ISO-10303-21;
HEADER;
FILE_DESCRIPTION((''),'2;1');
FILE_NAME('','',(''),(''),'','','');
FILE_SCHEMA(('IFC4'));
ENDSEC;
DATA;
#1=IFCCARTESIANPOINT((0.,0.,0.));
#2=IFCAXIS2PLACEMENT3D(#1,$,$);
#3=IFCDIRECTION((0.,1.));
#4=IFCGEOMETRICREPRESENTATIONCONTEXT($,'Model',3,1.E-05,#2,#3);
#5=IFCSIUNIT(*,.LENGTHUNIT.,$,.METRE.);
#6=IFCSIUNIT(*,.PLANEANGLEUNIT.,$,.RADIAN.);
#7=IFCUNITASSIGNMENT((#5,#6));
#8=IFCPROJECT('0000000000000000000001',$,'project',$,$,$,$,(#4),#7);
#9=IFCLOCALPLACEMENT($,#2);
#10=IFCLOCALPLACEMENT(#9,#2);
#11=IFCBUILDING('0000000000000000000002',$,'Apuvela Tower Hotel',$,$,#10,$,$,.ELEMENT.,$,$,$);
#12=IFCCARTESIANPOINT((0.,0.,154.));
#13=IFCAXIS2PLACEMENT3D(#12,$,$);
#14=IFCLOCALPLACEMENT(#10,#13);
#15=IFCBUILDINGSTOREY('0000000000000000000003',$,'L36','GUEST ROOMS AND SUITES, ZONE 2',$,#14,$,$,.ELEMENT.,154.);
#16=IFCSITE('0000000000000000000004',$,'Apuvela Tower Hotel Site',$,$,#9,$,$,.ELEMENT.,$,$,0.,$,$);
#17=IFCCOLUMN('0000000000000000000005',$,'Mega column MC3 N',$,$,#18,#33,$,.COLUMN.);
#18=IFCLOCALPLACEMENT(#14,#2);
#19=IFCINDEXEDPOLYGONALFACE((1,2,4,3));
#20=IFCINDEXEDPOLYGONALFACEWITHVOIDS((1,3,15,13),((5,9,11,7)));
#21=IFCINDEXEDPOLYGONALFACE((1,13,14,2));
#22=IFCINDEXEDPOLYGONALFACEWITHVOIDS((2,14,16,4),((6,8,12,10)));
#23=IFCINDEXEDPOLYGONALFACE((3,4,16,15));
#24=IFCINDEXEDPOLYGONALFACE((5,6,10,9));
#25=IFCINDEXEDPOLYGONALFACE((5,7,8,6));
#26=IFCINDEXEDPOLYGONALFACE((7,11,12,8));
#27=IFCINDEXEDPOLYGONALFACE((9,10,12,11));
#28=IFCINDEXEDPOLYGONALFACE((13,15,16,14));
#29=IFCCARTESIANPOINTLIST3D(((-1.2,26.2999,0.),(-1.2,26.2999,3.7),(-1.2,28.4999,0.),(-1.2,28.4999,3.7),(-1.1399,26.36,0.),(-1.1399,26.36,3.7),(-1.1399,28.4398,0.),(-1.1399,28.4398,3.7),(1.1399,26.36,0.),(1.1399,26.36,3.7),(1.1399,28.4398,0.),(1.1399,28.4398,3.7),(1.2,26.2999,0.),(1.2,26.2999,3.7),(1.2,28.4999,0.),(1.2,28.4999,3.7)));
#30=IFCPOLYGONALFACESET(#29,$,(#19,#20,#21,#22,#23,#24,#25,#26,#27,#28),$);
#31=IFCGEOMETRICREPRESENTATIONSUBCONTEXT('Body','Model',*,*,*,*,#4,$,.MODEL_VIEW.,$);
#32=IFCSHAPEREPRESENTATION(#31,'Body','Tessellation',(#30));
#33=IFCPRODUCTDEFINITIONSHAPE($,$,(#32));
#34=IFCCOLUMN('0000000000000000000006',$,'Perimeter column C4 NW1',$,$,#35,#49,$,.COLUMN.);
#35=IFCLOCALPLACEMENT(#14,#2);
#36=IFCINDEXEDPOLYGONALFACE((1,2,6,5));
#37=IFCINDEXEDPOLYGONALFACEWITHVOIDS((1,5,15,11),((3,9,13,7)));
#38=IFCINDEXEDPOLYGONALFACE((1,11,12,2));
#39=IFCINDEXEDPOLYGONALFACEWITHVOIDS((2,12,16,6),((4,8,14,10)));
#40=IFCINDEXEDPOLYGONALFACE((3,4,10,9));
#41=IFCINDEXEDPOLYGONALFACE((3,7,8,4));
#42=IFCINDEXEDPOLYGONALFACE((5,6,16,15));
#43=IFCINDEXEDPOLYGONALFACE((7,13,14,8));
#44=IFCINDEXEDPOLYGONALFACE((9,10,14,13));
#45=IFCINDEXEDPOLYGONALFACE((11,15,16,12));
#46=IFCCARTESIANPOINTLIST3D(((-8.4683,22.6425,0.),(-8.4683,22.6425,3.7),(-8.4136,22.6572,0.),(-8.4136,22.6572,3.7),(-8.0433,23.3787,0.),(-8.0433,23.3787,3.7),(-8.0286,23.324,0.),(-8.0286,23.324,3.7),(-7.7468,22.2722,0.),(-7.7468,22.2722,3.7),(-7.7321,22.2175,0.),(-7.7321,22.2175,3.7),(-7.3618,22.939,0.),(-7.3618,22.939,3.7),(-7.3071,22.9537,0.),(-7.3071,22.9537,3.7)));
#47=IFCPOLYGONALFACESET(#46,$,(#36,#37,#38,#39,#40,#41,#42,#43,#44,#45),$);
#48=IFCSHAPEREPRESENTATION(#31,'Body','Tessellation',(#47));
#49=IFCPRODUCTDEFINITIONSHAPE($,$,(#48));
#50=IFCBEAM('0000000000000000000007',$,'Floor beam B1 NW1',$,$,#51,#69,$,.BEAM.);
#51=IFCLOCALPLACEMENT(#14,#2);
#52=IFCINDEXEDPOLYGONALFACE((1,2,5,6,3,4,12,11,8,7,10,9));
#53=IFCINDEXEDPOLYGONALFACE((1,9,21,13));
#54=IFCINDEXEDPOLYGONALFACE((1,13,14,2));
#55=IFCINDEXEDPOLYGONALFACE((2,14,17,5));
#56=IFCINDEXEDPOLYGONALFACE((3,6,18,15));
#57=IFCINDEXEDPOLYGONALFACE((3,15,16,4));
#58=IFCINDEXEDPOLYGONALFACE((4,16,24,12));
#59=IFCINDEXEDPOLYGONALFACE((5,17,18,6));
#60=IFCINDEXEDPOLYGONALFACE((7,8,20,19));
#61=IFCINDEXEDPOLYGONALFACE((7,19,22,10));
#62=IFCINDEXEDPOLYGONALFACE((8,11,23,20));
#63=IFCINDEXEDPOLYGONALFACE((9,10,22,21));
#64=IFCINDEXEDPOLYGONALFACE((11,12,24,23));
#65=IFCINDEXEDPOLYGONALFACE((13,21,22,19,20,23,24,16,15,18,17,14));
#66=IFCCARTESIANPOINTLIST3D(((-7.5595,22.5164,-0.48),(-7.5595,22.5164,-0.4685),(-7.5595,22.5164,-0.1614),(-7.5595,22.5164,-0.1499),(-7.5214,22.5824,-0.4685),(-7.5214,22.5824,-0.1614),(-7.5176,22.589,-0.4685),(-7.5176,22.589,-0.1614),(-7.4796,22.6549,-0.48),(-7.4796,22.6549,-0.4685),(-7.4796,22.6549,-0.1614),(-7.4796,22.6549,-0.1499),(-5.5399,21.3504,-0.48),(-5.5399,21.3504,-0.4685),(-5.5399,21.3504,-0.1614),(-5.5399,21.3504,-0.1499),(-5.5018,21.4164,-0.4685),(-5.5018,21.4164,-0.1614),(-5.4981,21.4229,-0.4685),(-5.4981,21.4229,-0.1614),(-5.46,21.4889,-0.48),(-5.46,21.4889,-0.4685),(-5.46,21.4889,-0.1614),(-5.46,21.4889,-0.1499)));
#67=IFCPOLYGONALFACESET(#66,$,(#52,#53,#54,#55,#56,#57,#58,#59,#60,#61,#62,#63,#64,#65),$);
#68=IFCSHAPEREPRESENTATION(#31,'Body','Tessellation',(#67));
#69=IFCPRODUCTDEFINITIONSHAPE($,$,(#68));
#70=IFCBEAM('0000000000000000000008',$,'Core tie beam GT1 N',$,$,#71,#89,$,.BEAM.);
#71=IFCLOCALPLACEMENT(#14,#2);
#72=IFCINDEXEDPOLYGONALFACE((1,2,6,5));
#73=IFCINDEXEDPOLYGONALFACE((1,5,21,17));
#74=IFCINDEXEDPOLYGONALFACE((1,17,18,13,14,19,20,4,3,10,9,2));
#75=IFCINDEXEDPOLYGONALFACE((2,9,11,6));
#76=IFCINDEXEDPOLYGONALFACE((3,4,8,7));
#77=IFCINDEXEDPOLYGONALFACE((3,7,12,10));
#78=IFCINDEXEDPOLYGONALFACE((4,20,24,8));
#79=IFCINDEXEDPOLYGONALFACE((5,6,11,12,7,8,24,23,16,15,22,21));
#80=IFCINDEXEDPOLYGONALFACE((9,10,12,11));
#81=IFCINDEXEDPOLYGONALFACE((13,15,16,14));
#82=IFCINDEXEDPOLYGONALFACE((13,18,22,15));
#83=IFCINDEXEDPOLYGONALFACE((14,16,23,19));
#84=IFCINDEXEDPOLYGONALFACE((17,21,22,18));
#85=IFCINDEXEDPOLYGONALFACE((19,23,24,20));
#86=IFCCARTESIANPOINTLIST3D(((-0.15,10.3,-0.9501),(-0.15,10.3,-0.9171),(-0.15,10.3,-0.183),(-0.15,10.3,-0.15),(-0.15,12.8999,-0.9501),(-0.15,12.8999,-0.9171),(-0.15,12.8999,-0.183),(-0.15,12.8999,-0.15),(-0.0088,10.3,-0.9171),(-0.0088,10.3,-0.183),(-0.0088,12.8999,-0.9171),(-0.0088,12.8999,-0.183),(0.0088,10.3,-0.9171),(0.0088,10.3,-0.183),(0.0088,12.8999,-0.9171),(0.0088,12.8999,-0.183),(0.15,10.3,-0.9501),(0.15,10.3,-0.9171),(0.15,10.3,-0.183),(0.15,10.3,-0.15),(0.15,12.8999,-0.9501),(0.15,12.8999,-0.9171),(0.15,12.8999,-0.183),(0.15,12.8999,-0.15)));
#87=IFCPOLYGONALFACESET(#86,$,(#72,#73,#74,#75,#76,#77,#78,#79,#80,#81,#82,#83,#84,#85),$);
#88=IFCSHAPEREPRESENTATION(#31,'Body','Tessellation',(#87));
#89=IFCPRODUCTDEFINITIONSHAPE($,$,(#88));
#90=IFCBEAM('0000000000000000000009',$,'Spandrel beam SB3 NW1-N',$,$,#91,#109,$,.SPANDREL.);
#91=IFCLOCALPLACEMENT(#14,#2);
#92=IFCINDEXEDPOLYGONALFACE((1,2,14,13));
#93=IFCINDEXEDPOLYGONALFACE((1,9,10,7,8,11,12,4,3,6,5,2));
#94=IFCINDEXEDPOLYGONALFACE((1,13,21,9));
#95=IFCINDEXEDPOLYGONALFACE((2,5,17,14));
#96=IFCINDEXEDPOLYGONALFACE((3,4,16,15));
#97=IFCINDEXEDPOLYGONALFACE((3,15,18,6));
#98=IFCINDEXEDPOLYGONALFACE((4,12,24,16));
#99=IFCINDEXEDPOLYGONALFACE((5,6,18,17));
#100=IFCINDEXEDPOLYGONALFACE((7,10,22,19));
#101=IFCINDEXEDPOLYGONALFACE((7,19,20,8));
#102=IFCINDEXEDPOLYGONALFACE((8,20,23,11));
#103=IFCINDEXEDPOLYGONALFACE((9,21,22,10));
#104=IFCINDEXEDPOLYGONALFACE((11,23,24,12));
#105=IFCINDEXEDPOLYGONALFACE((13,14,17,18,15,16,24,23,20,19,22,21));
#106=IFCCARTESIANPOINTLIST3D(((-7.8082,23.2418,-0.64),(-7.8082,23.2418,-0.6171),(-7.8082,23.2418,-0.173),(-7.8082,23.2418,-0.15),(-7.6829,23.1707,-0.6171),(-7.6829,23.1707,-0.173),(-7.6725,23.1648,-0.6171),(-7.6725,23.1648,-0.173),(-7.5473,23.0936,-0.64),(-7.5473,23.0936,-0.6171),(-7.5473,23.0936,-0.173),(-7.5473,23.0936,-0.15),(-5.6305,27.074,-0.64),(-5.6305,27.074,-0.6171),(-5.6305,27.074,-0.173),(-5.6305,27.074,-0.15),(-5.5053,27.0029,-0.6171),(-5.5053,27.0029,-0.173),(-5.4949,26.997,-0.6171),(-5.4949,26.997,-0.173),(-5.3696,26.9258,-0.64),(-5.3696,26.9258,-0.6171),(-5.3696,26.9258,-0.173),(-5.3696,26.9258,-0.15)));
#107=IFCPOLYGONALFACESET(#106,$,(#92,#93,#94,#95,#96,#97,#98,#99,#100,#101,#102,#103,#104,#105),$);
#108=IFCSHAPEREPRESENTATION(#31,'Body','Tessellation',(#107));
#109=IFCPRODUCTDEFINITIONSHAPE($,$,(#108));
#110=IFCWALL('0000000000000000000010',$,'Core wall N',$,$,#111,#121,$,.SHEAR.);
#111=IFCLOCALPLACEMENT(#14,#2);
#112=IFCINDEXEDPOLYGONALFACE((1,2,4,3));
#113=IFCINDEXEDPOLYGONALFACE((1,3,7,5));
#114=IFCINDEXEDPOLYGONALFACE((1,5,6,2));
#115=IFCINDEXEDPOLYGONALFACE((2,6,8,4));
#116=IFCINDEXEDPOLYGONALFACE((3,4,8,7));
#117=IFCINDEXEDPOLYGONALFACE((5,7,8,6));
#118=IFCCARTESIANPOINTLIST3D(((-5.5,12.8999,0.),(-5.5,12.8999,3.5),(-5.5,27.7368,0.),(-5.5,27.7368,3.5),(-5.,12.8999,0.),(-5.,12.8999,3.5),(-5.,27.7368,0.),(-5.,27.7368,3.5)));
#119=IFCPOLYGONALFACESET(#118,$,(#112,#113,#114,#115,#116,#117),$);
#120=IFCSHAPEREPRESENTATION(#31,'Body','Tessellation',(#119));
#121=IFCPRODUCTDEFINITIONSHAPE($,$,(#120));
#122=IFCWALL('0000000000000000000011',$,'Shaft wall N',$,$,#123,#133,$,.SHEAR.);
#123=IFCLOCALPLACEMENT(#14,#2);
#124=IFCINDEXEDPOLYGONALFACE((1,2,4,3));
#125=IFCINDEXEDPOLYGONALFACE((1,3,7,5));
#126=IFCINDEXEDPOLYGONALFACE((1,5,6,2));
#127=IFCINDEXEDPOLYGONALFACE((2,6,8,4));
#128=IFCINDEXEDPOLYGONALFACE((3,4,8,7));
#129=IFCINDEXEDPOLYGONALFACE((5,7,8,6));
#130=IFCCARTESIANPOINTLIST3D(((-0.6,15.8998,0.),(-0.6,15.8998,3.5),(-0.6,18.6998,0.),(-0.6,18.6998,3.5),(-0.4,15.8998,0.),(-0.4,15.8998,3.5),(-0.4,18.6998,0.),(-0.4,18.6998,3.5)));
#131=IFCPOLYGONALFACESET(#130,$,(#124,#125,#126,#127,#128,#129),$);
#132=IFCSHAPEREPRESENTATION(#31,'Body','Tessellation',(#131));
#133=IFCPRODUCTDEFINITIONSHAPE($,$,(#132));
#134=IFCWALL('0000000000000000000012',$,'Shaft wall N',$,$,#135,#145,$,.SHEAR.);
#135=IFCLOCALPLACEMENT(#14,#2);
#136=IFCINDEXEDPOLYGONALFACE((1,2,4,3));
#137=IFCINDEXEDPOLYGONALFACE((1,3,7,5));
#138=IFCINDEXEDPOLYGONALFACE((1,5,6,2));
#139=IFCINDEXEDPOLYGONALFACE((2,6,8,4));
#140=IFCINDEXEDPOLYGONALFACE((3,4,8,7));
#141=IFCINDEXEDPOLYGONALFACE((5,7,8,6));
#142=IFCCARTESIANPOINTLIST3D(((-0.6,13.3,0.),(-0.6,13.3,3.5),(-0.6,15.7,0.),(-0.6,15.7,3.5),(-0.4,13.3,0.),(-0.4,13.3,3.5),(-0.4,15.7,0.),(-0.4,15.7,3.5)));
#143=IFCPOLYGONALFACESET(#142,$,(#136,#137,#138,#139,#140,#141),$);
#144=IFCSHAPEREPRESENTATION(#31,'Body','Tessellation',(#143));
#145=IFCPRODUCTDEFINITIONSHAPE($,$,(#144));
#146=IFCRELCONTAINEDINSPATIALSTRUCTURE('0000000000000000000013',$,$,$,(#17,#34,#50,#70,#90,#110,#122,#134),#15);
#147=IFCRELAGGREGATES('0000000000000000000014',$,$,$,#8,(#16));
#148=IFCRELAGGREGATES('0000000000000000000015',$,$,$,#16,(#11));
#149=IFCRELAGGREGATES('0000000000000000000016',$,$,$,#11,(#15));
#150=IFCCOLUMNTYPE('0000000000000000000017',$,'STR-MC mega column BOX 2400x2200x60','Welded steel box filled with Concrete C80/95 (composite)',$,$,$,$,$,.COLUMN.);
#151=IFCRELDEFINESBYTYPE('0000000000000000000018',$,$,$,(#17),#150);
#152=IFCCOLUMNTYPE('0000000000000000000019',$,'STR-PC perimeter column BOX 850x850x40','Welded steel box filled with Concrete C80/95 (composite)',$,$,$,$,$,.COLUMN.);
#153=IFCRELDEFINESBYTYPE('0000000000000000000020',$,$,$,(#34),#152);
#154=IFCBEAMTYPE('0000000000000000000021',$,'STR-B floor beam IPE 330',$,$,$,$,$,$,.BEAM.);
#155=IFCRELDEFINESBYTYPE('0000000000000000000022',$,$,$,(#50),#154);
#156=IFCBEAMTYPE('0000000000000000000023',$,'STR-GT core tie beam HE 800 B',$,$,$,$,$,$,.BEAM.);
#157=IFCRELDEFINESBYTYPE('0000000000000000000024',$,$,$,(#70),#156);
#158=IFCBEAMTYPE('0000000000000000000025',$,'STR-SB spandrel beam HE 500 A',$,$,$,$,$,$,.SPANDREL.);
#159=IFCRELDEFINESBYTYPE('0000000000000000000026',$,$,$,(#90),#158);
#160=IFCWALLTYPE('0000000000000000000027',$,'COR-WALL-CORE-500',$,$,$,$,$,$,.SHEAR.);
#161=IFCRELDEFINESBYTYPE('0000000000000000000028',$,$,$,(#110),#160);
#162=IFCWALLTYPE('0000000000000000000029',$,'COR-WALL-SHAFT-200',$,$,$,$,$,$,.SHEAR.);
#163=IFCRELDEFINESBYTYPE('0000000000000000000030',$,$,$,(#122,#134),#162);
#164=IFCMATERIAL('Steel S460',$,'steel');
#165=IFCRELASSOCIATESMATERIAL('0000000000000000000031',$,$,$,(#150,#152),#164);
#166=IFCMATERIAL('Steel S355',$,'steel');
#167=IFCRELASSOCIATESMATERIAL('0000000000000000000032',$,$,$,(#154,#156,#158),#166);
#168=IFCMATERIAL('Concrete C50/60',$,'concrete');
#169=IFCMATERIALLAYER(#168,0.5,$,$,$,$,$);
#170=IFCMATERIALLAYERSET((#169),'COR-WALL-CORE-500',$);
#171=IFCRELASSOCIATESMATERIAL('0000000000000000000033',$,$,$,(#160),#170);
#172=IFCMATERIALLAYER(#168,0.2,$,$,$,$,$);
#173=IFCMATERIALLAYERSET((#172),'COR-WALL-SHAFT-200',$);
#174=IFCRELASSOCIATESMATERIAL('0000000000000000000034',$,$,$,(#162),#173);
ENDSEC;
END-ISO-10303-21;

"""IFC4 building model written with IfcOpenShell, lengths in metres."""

from ifc_helpers import new_model, si_unit, direction, frame, frame_2d, origin, origin_2d, place, context, subcontext, project, spatial, rectangle, hollow_rectangle, i_section, extrude, material, layer, layer_set, material_profile, profile_set, type_object, element, save


model = new_model("IFC4")

# Units and contexts
model_context = context("Model", 3, precision=1e-05, world=origin(), true_north=direction((0.0, 1.0)))
body_context = subcontext(model_context, "Body", "Model", "MODEL_VIEW")
ifc_project = project(units=[si_unit("LENGTHUNIT", "METRE"), si_unit("PLANEANGLEUNIT", "RADIAN")], contexts=[model_context])

# Site, building, storey
site_placement = place(None, origin())
site = spatial("IfcSite", under=ifc_project, at=site_placement, Name="Apuvela Tower Hotel Site", CompositionType="ELEMENT", RefElevation=0.0)
building_placement = place(site_placement, origin())
building = spatial("IfcBuilding", under=site, at=building_placement, Name="Apuvela Tower Hotel", CompositionType="ELEMENT")
storey_placement = place(building_placement, frame((0.0, 0.0, 154.0)))
storey = spatial("IfcBuildingStorey", under=building, at=storey_placement, Name="L36", Description="GUEST ROOMS AND SUITES, ZONE 2", CompositionType="ELEMENT", Elevation=154.0)

# Columns
ifc_material_1 = material(Name="Steel S460", Category="steel")
ifc_material_profile_1 = material_profile(ifc_material_1, hollow_rectangle(XDim=2.3999, YDim=2.2, WallThickness=0.0601, at=origin_2d()), Name="BOX 2400x2200x60")
ifc_material_2 = material(Name="Concrete C80/95", Category="concrete")
ifc_material_profile_2 = material_profile(ifc_material_2, rectangle(XDim=2.28, YDim=2.0801, at=origin_2d()), Name="Concrete C80/95 infill")
ifc_profile_set_1 = profile_set([ifc_material_profile_1, ifc_material_profile_2], Name="Steel S460")
column_type_1 = type_object("IfcColumnType", Name="STR-MC mega column BOX 2400x2200x60", Description="Welded steel box filled with Concrete C80/95 (composite)", PredefinedType="COLUMN", material=ifc_profile_set_1)
column_1_placement = place(storey_placement, frame((0.0, 27.3999, 0.0), z_axis=(0.0, 0.0, 1.0), x_axis=(1.0, 0.0, 0.0)))
element("IfcColumn", 1, at=column_1_placement, inside=storey, type_object=column_type_1, Name="Mega column MC3 N", PredefinedType="COLUMN", context=body_context, shape_type="SweptSolid", body=[
    extrude(hollow_rectangle(XDim=2.3999, YDim=2.2, WallThickness=0.0601, at=origin_2d()), origin(), (0.0, 0.0, 1.0), 3.7),
])
ifc_material_profile_3 = material_profile(ifc_material_1, hollow_rectangle(XDim=0.8501, YDim=0.8501, WallThickness=0.04, at=origin_2d()), Name="BOX 850x850x40")
ifc_material_profile_4 = material_profile(ifc_material_2, rectangle(XDim=0.77, YDim=0.77, at=origin_2d()), Name="Concrete C80/95 infill")
ifc_profile_set_2 = profile_set([ifc_material_profile_3, ifc_material_profile_4], Name="Steel S460")
column_type_2 = type_object("IfcColumnType", Name="STR-PC perimeter column BOX 850x850x40", Description="Welded steel box filled with Concrete C80/95 (composite)", PredefinedType="COLUMN", material=ifc_profile_set_2)
column_2_placement = place(storey_placement, frame((-7.8877, 22.7981, 0.0), z_axis=(0.0, 0.0, 1.0), x_axis=(0.5, 0.866025, 0.0)))
element("IfcColumn", 2, at=column_2_placement, inside=storey, type_object=column_type_2, Name="Perimeter column C4 NW1", PredefinedType="COLUMN", context=body_context, shape_type="SweptSolid", body=[
    extrude(hollow_rectangle(XDim=0.8501, YDim=0.8501, WallThickness=0.04, at=origin_2d()), origin(), (0.0, 0.0, 1.0), 3.7),
])

# Beams
ifc_material_3 = material(Name="Steel S355", Category="steel")
ifc_material_profile_5 = material_profile(ifc_material_3, i_section(OverallWidth=0.1599, OverallDepth=0.3301, WebThickness=0.0076, FlangeThickness=0.0115, at=origin_2d()), Name="IPE 330")
ifc_profile_set_3 = profile_set([ifc_material_profile_5], Name="Steel S355")
beam_type_1 = type_object("IfcBeamType", Name="STR-B floor beam IPE 330", PredefinedType="BEAM", material=ifc_profile_set_3)
beam_1_placement = place(storey_placement, frame((-7.5195, 22.5857, -0.3149), z_axis=(0.866018, -0.500012, 0.0), x_axis=(0.500012, 0.866018, 0.0)))
element("IfcBeam", 3, at=beam_1_placement, inside=storey, type_object=beam_type_1, Name="Floor beam B1 NW1", PredefinedType="BEAM", context=body_context, shape_type="SweptSolid", body=[
    extrude(i_section(OverallWidth=0.1599, OverallDepth=0.3301, WebThickness=0.0076, FlangeThickness=0.0115, at=origin_2d()), origin(), (0.0, 0.0, 1.0), 2.332),
])
ifc_material_profile_6 = material_profile(ifc_material_3, i_section(OverallWidth=0.3, OverallDepth=0.8, WebThickness=0.0176, FlangeThickness=0.033, at=origin_2d()), Name="HE 800 B")
ifc_profile_set_4 = profile_set([ifc_material_profile_6], Name="Steel S355")
beam_type_2 = type_object("IfcBeamType", Name="STR-GT core tie beam HE 800 B", PredefinedType="BEAM", material=ifc_profile_set_4)
beam_2_placement = place(storey_placement, frame((0.0, 12.8999, -0.55), z_axis=(0.0, -1.0, 0.0), x_axis=(1.0, 0.0, 0.0)))
element("IfcBeam", 4, at=beam_2_placement, inside=storey, type_object=beam_type_2, Name="Core tie beam GT1 N", PredefinedType="BEAM", context=body_context, shape_type="SweptSolid", body=[
    extrude(i_section(OverallWidth=0.3, OverallDepth=0.8, WebThickness=0.0176, FlangeThickness=0.033, at=origin_2d()), origin(), (0.0, 0.0, 1.0), 2.5999),
])
ifc_material_profile_7 = material_profile(ifc_material_3, i_section(OverallWidth=0.3, OverallDepth=0.49, WebThickness=0.012, FlangeThickness=0.0229, at=origin_2d()), Name="HE 500 A")
ifc_profile_set_5 = profile_set([ifc_material_profile_7], Name="Steel S355")
beam_type_3 = type_object("IfcBeamType", Name="STR-SB spandrel beam HE 500 A", PredefinedType="SPANDREL", material=ifc_profile_set_5)
beam_3_placement = place(storey_placement, frame((-7.6777, 23.1677, -0.395), z_axis=(0.494062, 0.869427, 0.0), x_axis=(-0.869427, 0.494062, 0.0)))
element("IfcBeam", 5, at=beam_3_placement, inside=storey, type_object=beam_type_3, Name="Spandrel beam SB3 NW1-N", PredefinedType="SPANDREL", context=body_context, shape_type="SweptSolid", body=[
    extrude(i_section(OverallWidth=0.3, OverallDepth=0.49, WebThickness=0.012, FlangeThickness=0.0229, at=origin_2d()), origin(), (0.0, 0.0, 1.0), 4.4077),
])

# Walls
ifc_material_4 = material(Name="Concrete C50/60", Category="concrete")
ifc_layer_1 = layer(ifc_material_4, 0.5)
ifc_layer_set_1 = layer_set([ifc_layer_1], Name="COR-WALL-CORE-500")
wall_type_1 = type_object("IfcWallType", Name="COR-WALL-CORE-500", PredefinedType="SHEAR", material=ifc_layer_set_1)
wall_1_placement = place(storey_placement, frame((-5.25, 12.8999, 0.0), z_axis=(0.0, 0.0, 1.0), x_axis=(0.0, 1.0, 0.0)))
element("IfcWall", 6, at=wall_1_placement, inside=storey, type_object=wall_type_1, Name="Core wall N", PredefinedType="SHEAR", context=body_context, shape_type="SweptSolid", body=[
    extrude(rectangle(XDim=14.8369, YDim=0.5, at=frame_2d((7.4185, 0.0))), origin(), (0.0, 0.0, 1.0), 3.5),
])
ifc_layer_2 = layer(ifc_material_4, 0.2)
ifc_layer_set_2 = layer_set([ifc_layer_2], Name="COR-WALL-SHAFT-200")
wall_type_2 = type_object("IfcWallType", Name="COR-WALL-SHAFT-200", PredefinedType="SHEAR", material=ifc_layer_set_2)
wall_2_placement = place(storey_placement, frame((-0.5, 15.8999, 0.0), z_axis=(0.0, 0.0, 1.0), x_axis=(0.0, 1.0, 0.0)))
element("IfcWall", 7, at=wall_2_placement, inside=storey, type_object=wall_type_2, Name="Shaft wall N", PredefinedType="SHEAR", context=body_context, shape_type="SweptSolid", body=[
    extrude(rectangle(XDim=2.8, YDim=0.2, at=frame_2d((1.3999, 0.0))), origin(), (0.0, 0.0, 1.0), 3.5),
])
wall_3_placement = place(storey_placement, frame((-0.5, 13.3, 0.0), z_axis=(0.0, 0.0, 1.0), x_axis=(0.0, 1.0, 0.0)))
element("IfcWall", 8, at=wall_3_placement, inside=storey, type_object=wall_type_2, Name="Shaft wall N", PredefinedType="SHEAR", context=body_context, shape_type="SweptSolid", body=[
    extrude(rectangle(XDim=2.3999, YDim=0.2, at=frame_2d((1.2, 0.0))), origin(), (0.0, 0.0, 1.0), 3.5),
])

save(model, "model.ifc")
